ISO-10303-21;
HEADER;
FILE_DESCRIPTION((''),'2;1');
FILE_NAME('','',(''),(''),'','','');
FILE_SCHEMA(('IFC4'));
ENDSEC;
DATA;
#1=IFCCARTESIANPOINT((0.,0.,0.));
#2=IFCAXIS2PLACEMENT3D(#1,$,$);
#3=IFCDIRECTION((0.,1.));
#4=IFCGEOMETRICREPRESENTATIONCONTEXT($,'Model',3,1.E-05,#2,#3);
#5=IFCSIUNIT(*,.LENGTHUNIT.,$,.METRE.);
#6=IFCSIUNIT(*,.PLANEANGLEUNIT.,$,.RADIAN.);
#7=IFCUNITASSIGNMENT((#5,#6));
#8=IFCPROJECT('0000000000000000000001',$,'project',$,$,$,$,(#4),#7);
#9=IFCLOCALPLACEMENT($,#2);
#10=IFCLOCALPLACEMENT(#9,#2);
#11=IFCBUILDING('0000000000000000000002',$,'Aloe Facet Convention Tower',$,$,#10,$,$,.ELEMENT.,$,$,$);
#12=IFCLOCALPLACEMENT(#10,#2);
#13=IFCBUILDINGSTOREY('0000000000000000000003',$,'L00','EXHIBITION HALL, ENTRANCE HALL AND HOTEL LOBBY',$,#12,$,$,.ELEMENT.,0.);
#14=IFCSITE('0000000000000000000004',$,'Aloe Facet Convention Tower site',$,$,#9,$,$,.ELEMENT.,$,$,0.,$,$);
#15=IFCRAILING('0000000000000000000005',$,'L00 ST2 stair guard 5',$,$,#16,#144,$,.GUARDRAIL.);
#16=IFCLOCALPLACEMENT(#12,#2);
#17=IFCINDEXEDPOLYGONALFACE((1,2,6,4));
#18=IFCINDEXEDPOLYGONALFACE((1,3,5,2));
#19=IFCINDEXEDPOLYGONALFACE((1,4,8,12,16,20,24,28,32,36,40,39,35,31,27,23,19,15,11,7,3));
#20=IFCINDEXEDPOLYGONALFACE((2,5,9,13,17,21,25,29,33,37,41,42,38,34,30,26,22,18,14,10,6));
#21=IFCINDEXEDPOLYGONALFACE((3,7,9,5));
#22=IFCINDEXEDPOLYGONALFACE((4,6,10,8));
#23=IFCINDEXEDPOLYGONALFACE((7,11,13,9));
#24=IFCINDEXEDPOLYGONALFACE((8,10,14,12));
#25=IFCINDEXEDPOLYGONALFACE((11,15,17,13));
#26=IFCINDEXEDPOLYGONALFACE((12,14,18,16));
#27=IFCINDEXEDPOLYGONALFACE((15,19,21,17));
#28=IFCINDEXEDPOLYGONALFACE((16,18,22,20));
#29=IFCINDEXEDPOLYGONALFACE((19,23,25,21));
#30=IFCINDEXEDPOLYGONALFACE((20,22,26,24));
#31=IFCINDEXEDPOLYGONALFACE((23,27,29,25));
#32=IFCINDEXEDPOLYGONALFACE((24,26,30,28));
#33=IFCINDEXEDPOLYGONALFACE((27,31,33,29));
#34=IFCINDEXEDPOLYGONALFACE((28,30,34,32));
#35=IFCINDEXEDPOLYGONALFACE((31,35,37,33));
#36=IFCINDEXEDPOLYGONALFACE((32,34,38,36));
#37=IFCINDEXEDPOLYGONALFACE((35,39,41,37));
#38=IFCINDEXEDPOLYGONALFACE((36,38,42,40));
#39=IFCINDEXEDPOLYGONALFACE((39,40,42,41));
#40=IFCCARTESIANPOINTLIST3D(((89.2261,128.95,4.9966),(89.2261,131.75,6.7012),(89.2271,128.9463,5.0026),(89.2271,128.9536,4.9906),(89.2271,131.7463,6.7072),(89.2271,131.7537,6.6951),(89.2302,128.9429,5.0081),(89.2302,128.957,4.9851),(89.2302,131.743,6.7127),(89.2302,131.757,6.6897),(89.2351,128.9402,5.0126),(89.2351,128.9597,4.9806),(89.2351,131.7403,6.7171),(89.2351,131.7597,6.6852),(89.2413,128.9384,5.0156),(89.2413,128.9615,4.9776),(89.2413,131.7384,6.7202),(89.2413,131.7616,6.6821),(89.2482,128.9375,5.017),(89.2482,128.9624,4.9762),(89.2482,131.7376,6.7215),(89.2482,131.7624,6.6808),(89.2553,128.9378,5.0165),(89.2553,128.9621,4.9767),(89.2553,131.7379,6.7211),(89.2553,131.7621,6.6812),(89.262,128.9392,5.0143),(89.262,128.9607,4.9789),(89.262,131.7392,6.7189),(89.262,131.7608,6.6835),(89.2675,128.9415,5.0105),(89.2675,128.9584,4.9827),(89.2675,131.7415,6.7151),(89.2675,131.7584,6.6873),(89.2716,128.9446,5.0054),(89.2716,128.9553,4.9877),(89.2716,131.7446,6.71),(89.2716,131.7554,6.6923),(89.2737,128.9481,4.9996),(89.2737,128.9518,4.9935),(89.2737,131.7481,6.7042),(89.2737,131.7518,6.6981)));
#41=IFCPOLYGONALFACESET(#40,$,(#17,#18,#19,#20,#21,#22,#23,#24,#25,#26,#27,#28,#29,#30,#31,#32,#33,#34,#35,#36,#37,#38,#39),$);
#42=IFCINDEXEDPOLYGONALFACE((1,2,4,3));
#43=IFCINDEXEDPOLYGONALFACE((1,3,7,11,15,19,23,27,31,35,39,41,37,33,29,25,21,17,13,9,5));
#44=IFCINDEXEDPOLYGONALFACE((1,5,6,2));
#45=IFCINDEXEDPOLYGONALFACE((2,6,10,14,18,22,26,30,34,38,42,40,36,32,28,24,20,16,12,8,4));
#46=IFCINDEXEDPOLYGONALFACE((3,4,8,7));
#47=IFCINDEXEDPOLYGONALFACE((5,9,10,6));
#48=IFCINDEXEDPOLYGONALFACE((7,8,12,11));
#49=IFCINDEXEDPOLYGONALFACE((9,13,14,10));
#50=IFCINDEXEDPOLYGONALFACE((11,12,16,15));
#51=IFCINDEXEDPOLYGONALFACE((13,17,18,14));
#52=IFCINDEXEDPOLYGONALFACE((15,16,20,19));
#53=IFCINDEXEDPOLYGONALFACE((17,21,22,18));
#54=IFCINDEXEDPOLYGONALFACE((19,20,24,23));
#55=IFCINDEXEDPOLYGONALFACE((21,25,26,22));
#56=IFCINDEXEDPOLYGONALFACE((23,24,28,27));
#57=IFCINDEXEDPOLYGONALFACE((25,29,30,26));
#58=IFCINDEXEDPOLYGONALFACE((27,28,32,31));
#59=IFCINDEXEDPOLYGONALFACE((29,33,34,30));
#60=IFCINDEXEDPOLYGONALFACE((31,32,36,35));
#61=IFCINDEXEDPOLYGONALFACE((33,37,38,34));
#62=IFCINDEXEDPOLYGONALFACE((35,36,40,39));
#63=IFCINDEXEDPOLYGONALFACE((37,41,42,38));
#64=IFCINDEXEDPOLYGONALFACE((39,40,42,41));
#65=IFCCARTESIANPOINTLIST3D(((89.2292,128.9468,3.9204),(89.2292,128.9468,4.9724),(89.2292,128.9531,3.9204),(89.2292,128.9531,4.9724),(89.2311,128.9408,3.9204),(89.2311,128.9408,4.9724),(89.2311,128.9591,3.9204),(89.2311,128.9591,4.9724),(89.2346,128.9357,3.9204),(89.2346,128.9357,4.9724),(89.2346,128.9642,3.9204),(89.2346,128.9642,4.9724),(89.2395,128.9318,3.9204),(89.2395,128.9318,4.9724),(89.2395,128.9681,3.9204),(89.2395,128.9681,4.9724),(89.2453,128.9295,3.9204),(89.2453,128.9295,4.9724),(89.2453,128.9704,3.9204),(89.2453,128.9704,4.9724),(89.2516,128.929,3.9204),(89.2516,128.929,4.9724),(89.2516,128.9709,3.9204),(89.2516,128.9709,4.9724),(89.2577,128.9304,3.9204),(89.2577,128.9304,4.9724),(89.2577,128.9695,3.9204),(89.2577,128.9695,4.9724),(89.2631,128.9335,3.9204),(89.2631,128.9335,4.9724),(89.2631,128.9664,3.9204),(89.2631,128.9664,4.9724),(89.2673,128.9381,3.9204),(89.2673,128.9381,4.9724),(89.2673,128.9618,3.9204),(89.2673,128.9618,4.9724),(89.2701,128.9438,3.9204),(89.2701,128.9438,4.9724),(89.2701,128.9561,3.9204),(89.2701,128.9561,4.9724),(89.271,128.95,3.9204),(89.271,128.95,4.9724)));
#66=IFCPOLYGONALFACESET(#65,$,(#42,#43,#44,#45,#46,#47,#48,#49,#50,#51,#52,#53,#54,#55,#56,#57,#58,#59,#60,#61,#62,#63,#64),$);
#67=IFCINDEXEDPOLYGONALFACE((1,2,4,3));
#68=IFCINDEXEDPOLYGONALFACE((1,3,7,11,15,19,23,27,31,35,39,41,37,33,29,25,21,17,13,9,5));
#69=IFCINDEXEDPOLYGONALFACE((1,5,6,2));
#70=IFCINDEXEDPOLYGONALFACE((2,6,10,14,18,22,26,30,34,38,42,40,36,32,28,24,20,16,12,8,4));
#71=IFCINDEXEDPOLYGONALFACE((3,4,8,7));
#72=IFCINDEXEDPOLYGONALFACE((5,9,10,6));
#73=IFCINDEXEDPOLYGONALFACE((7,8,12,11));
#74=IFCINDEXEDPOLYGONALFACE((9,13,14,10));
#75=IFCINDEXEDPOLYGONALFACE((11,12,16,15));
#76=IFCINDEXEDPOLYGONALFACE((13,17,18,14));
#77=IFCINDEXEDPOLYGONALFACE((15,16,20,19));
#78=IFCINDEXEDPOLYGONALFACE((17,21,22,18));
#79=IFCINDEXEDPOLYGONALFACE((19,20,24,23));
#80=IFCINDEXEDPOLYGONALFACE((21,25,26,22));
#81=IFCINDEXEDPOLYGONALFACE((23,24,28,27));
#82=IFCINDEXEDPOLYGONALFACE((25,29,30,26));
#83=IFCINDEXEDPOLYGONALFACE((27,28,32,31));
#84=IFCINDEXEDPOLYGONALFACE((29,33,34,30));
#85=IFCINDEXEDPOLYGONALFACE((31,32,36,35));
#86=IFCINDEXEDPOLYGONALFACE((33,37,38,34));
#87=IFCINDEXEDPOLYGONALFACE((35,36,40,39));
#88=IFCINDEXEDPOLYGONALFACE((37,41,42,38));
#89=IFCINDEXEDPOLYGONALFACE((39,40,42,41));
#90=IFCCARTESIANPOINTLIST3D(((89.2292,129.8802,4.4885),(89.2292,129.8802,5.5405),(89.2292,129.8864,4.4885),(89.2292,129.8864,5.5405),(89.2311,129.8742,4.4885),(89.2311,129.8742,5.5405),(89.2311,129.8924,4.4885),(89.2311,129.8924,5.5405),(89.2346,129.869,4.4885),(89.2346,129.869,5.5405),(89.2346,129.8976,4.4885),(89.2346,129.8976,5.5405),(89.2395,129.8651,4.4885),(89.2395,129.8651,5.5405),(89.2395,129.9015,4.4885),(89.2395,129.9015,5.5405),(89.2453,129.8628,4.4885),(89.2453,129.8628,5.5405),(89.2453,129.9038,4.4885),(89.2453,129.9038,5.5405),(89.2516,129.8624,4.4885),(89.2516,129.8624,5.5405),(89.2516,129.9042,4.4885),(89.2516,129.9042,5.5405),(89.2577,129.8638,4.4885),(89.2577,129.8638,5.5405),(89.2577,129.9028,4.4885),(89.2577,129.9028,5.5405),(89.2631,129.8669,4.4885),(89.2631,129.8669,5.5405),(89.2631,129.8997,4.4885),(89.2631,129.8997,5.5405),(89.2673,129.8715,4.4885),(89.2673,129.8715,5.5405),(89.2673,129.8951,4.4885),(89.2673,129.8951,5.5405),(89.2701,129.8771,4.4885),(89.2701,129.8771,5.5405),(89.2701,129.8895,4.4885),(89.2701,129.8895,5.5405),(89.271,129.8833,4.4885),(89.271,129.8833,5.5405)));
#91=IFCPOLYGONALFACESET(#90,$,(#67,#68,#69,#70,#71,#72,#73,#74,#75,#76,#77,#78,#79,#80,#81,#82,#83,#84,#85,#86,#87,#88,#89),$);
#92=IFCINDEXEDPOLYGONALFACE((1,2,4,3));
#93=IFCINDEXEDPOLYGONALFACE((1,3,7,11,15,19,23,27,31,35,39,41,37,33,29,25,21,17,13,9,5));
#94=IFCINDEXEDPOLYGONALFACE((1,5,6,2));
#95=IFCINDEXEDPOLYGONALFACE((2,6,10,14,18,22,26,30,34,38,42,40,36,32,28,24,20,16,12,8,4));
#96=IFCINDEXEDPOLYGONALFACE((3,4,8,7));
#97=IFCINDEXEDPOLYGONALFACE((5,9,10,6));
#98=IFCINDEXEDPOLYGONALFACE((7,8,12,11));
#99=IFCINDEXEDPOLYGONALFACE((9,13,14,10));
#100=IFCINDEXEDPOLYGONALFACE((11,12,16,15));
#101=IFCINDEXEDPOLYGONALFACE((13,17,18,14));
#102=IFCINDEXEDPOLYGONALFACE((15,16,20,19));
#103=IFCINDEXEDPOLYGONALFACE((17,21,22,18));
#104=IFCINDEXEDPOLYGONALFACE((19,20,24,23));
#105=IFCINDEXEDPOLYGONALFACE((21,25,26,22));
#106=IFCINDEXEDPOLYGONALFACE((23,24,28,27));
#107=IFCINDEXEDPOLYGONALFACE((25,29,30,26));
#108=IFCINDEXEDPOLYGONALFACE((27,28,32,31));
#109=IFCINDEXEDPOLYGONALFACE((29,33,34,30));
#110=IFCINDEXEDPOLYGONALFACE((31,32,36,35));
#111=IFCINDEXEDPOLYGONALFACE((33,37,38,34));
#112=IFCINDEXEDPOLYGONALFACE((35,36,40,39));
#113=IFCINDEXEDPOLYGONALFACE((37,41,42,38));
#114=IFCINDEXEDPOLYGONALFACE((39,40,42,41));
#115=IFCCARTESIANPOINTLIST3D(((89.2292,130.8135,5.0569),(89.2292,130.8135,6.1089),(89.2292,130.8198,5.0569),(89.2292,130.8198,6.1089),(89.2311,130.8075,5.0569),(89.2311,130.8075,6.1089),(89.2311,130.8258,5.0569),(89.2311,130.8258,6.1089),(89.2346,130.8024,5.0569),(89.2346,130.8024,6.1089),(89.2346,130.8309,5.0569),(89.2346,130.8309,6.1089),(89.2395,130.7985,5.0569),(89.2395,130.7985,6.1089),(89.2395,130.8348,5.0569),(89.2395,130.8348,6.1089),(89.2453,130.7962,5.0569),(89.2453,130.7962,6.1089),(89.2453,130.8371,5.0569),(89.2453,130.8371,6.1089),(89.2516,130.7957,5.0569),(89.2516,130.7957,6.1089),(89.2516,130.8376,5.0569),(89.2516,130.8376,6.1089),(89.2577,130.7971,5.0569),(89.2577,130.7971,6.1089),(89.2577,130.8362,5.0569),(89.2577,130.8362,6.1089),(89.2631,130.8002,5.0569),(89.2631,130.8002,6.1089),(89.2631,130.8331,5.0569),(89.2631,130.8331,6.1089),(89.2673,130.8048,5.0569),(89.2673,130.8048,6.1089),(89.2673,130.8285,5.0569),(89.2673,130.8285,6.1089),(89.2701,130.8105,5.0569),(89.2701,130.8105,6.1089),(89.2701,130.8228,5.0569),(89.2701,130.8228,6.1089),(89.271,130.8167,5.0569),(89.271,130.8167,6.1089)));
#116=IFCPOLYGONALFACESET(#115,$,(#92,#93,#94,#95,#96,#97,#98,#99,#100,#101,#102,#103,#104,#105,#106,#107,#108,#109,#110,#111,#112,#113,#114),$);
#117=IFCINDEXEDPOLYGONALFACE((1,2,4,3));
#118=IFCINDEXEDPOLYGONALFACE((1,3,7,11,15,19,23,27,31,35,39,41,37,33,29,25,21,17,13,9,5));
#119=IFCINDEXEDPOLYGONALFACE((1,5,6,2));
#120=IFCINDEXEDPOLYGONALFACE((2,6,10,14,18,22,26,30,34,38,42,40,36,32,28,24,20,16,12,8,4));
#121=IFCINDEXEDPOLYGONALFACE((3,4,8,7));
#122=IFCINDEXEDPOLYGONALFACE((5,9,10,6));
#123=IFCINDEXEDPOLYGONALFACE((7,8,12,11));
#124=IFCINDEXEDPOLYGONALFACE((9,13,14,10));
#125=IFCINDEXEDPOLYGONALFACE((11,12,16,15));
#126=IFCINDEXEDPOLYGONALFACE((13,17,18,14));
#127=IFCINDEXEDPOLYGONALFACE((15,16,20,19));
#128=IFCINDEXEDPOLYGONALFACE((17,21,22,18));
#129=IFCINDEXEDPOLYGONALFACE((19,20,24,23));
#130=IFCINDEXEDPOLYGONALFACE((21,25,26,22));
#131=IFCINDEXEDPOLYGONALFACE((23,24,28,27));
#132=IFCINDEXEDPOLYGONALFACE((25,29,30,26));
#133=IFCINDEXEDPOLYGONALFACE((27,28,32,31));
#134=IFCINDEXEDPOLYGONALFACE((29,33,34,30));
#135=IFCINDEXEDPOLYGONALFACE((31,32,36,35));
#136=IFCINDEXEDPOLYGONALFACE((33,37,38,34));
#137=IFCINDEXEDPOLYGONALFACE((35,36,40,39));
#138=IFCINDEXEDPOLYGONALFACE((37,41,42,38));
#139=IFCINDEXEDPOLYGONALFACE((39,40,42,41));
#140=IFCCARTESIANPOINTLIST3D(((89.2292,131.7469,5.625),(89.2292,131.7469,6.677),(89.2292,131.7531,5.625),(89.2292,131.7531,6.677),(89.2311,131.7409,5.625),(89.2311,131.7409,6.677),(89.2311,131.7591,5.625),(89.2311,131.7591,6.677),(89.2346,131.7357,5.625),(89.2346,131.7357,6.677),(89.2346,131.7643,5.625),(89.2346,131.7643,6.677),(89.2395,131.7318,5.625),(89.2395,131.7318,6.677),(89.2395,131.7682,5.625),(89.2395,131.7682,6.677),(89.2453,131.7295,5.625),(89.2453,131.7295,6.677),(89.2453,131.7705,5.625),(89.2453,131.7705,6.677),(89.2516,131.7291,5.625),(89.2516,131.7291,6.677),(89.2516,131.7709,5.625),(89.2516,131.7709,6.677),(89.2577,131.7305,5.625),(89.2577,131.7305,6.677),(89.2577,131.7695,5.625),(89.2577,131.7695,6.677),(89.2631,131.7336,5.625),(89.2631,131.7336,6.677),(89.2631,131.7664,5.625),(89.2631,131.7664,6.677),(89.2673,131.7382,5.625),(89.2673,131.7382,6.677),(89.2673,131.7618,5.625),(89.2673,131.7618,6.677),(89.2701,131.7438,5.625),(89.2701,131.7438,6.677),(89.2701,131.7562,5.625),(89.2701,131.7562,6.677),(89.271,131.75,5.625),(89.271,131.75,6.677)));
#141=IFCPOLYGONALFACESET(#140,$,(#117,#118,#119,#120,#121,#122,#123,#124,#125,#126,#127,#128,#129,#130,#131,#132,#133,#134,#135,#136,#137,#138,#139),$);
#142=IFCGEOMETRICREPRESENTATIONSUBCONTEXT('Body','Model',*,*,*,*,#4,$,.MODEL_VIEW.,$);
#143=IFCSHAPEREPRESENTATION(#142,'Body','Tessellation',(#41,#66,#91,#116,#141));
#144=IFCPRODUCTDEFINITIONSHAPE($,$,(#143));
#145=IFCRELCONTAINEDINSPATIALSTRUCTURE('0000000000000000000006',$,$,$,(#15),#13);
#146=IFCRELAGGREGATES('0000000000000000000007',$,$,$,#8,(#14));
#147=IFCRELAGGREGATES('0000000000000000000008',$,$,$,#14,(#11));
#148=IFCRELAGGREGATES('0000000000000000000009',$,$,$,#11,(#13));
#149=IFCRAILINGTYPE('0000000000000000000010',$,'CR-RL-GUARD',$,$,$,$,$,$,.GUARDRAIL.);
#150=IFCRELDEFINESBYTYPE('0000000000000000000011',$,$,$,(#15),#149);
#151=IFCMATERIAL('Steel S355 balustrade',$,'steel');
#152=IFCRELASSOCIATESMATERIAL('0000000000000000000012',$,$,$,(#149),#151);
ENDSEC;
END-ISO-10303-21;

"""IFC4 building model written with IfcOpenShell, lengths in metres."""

from ifc_helpers import new_model, si_unit, direction, frame, origin, origin_2d, place, context, subcontext, project, spatial, circle, extrude, material, type_object, element, save


model = new_model("IFC4")

# Units and contexts
model_context = context("Model", 3, precision=1e-05, world=origin(), true_north=direction((0.0, 1.0)))
body_context = subcontext(model_context, "Body", "Model", "MODEL_VIEW")
ifc_project = project(units=[si_unit("LENGTHUNIT", "METRE"), si_unit("PLANEANGLEUNIT", "RADIAN")], contexts=[model_context])

# Site, building, storey
site_placement = place(None, origin())
site = spatial("IfcSite", under=ifc_project, at=site_placement, Name="Aloe Facet Convention Tower site", CompositionType="ELEMENT", RefElevation=0.0)
building_placement = place(site_placement, origin())
building = spatial("IfcBuilding", under=site, at=building_placement, Name="Aloe Facet Convention Tower", CompositionType="ELEMENT")
storey_placement = place(building_placement, origin())
storey = spatial("IfcBuildingStorey", under=building, at=storey_placement, Name="L00", Description="EXHIBITION HALL, ENTRANCE HALL AND HOTEL LOBBY", CompositionType="ELEMENT", Elevation=0.0)

# Railing
ifc_material_1 = material(Name="Steel S355 balustrade", Category="steel")
railing_type_1 = type_object("IfcRailingType", Name="CR-RL-GUARD", PredefinedType="GUARDRAIL", material=ifc_material_1)
railing_1_placement = place(storey_placement, frame((89.25, 128.95, 3.9204)))
element("IfcRailing", 1, at=railing_1_placement, inside=storey, type_object=railing_type_1, Name="L00 ST2 stair guard 5", PredefinedType="GUARDRAIL", context=body_context, shape_type="SweptSolid", body=[
    extrude(circle(Radius=0.0239, at=origin_2d()), frame((0.0, 0.0, 1.0762), z_axis=(0.0, 0.85417, 0.519994), x_axis=(-1.0, 0.0, 0.0)), (0.0, 0.0, 1.0), 3.2781),
    extrude(circle(Radius=0.021, at=origin_2d()), origin(), (0.0, 0.0, 1.0), 1.052),
    extrude(circle(Radius=0.021, at=origin_2d()), frame((0.0, 0.9333, 0.5681)), (0.0, 0.0, 1.0), 1.052),
    extrude(circle(Radius=0.021, at=origin_2d()), frame((0.0, 1.8667, 1.1365)), (0.0, 0.0, 1.0), 1.052),
    extrude(circle(Radius=0.021, at=origin_2d()), frame((0.0, 2.8, 1.7046)), (0.0, 0.0, 1.0), 1.052),
])

save(model, "model.ifc")
